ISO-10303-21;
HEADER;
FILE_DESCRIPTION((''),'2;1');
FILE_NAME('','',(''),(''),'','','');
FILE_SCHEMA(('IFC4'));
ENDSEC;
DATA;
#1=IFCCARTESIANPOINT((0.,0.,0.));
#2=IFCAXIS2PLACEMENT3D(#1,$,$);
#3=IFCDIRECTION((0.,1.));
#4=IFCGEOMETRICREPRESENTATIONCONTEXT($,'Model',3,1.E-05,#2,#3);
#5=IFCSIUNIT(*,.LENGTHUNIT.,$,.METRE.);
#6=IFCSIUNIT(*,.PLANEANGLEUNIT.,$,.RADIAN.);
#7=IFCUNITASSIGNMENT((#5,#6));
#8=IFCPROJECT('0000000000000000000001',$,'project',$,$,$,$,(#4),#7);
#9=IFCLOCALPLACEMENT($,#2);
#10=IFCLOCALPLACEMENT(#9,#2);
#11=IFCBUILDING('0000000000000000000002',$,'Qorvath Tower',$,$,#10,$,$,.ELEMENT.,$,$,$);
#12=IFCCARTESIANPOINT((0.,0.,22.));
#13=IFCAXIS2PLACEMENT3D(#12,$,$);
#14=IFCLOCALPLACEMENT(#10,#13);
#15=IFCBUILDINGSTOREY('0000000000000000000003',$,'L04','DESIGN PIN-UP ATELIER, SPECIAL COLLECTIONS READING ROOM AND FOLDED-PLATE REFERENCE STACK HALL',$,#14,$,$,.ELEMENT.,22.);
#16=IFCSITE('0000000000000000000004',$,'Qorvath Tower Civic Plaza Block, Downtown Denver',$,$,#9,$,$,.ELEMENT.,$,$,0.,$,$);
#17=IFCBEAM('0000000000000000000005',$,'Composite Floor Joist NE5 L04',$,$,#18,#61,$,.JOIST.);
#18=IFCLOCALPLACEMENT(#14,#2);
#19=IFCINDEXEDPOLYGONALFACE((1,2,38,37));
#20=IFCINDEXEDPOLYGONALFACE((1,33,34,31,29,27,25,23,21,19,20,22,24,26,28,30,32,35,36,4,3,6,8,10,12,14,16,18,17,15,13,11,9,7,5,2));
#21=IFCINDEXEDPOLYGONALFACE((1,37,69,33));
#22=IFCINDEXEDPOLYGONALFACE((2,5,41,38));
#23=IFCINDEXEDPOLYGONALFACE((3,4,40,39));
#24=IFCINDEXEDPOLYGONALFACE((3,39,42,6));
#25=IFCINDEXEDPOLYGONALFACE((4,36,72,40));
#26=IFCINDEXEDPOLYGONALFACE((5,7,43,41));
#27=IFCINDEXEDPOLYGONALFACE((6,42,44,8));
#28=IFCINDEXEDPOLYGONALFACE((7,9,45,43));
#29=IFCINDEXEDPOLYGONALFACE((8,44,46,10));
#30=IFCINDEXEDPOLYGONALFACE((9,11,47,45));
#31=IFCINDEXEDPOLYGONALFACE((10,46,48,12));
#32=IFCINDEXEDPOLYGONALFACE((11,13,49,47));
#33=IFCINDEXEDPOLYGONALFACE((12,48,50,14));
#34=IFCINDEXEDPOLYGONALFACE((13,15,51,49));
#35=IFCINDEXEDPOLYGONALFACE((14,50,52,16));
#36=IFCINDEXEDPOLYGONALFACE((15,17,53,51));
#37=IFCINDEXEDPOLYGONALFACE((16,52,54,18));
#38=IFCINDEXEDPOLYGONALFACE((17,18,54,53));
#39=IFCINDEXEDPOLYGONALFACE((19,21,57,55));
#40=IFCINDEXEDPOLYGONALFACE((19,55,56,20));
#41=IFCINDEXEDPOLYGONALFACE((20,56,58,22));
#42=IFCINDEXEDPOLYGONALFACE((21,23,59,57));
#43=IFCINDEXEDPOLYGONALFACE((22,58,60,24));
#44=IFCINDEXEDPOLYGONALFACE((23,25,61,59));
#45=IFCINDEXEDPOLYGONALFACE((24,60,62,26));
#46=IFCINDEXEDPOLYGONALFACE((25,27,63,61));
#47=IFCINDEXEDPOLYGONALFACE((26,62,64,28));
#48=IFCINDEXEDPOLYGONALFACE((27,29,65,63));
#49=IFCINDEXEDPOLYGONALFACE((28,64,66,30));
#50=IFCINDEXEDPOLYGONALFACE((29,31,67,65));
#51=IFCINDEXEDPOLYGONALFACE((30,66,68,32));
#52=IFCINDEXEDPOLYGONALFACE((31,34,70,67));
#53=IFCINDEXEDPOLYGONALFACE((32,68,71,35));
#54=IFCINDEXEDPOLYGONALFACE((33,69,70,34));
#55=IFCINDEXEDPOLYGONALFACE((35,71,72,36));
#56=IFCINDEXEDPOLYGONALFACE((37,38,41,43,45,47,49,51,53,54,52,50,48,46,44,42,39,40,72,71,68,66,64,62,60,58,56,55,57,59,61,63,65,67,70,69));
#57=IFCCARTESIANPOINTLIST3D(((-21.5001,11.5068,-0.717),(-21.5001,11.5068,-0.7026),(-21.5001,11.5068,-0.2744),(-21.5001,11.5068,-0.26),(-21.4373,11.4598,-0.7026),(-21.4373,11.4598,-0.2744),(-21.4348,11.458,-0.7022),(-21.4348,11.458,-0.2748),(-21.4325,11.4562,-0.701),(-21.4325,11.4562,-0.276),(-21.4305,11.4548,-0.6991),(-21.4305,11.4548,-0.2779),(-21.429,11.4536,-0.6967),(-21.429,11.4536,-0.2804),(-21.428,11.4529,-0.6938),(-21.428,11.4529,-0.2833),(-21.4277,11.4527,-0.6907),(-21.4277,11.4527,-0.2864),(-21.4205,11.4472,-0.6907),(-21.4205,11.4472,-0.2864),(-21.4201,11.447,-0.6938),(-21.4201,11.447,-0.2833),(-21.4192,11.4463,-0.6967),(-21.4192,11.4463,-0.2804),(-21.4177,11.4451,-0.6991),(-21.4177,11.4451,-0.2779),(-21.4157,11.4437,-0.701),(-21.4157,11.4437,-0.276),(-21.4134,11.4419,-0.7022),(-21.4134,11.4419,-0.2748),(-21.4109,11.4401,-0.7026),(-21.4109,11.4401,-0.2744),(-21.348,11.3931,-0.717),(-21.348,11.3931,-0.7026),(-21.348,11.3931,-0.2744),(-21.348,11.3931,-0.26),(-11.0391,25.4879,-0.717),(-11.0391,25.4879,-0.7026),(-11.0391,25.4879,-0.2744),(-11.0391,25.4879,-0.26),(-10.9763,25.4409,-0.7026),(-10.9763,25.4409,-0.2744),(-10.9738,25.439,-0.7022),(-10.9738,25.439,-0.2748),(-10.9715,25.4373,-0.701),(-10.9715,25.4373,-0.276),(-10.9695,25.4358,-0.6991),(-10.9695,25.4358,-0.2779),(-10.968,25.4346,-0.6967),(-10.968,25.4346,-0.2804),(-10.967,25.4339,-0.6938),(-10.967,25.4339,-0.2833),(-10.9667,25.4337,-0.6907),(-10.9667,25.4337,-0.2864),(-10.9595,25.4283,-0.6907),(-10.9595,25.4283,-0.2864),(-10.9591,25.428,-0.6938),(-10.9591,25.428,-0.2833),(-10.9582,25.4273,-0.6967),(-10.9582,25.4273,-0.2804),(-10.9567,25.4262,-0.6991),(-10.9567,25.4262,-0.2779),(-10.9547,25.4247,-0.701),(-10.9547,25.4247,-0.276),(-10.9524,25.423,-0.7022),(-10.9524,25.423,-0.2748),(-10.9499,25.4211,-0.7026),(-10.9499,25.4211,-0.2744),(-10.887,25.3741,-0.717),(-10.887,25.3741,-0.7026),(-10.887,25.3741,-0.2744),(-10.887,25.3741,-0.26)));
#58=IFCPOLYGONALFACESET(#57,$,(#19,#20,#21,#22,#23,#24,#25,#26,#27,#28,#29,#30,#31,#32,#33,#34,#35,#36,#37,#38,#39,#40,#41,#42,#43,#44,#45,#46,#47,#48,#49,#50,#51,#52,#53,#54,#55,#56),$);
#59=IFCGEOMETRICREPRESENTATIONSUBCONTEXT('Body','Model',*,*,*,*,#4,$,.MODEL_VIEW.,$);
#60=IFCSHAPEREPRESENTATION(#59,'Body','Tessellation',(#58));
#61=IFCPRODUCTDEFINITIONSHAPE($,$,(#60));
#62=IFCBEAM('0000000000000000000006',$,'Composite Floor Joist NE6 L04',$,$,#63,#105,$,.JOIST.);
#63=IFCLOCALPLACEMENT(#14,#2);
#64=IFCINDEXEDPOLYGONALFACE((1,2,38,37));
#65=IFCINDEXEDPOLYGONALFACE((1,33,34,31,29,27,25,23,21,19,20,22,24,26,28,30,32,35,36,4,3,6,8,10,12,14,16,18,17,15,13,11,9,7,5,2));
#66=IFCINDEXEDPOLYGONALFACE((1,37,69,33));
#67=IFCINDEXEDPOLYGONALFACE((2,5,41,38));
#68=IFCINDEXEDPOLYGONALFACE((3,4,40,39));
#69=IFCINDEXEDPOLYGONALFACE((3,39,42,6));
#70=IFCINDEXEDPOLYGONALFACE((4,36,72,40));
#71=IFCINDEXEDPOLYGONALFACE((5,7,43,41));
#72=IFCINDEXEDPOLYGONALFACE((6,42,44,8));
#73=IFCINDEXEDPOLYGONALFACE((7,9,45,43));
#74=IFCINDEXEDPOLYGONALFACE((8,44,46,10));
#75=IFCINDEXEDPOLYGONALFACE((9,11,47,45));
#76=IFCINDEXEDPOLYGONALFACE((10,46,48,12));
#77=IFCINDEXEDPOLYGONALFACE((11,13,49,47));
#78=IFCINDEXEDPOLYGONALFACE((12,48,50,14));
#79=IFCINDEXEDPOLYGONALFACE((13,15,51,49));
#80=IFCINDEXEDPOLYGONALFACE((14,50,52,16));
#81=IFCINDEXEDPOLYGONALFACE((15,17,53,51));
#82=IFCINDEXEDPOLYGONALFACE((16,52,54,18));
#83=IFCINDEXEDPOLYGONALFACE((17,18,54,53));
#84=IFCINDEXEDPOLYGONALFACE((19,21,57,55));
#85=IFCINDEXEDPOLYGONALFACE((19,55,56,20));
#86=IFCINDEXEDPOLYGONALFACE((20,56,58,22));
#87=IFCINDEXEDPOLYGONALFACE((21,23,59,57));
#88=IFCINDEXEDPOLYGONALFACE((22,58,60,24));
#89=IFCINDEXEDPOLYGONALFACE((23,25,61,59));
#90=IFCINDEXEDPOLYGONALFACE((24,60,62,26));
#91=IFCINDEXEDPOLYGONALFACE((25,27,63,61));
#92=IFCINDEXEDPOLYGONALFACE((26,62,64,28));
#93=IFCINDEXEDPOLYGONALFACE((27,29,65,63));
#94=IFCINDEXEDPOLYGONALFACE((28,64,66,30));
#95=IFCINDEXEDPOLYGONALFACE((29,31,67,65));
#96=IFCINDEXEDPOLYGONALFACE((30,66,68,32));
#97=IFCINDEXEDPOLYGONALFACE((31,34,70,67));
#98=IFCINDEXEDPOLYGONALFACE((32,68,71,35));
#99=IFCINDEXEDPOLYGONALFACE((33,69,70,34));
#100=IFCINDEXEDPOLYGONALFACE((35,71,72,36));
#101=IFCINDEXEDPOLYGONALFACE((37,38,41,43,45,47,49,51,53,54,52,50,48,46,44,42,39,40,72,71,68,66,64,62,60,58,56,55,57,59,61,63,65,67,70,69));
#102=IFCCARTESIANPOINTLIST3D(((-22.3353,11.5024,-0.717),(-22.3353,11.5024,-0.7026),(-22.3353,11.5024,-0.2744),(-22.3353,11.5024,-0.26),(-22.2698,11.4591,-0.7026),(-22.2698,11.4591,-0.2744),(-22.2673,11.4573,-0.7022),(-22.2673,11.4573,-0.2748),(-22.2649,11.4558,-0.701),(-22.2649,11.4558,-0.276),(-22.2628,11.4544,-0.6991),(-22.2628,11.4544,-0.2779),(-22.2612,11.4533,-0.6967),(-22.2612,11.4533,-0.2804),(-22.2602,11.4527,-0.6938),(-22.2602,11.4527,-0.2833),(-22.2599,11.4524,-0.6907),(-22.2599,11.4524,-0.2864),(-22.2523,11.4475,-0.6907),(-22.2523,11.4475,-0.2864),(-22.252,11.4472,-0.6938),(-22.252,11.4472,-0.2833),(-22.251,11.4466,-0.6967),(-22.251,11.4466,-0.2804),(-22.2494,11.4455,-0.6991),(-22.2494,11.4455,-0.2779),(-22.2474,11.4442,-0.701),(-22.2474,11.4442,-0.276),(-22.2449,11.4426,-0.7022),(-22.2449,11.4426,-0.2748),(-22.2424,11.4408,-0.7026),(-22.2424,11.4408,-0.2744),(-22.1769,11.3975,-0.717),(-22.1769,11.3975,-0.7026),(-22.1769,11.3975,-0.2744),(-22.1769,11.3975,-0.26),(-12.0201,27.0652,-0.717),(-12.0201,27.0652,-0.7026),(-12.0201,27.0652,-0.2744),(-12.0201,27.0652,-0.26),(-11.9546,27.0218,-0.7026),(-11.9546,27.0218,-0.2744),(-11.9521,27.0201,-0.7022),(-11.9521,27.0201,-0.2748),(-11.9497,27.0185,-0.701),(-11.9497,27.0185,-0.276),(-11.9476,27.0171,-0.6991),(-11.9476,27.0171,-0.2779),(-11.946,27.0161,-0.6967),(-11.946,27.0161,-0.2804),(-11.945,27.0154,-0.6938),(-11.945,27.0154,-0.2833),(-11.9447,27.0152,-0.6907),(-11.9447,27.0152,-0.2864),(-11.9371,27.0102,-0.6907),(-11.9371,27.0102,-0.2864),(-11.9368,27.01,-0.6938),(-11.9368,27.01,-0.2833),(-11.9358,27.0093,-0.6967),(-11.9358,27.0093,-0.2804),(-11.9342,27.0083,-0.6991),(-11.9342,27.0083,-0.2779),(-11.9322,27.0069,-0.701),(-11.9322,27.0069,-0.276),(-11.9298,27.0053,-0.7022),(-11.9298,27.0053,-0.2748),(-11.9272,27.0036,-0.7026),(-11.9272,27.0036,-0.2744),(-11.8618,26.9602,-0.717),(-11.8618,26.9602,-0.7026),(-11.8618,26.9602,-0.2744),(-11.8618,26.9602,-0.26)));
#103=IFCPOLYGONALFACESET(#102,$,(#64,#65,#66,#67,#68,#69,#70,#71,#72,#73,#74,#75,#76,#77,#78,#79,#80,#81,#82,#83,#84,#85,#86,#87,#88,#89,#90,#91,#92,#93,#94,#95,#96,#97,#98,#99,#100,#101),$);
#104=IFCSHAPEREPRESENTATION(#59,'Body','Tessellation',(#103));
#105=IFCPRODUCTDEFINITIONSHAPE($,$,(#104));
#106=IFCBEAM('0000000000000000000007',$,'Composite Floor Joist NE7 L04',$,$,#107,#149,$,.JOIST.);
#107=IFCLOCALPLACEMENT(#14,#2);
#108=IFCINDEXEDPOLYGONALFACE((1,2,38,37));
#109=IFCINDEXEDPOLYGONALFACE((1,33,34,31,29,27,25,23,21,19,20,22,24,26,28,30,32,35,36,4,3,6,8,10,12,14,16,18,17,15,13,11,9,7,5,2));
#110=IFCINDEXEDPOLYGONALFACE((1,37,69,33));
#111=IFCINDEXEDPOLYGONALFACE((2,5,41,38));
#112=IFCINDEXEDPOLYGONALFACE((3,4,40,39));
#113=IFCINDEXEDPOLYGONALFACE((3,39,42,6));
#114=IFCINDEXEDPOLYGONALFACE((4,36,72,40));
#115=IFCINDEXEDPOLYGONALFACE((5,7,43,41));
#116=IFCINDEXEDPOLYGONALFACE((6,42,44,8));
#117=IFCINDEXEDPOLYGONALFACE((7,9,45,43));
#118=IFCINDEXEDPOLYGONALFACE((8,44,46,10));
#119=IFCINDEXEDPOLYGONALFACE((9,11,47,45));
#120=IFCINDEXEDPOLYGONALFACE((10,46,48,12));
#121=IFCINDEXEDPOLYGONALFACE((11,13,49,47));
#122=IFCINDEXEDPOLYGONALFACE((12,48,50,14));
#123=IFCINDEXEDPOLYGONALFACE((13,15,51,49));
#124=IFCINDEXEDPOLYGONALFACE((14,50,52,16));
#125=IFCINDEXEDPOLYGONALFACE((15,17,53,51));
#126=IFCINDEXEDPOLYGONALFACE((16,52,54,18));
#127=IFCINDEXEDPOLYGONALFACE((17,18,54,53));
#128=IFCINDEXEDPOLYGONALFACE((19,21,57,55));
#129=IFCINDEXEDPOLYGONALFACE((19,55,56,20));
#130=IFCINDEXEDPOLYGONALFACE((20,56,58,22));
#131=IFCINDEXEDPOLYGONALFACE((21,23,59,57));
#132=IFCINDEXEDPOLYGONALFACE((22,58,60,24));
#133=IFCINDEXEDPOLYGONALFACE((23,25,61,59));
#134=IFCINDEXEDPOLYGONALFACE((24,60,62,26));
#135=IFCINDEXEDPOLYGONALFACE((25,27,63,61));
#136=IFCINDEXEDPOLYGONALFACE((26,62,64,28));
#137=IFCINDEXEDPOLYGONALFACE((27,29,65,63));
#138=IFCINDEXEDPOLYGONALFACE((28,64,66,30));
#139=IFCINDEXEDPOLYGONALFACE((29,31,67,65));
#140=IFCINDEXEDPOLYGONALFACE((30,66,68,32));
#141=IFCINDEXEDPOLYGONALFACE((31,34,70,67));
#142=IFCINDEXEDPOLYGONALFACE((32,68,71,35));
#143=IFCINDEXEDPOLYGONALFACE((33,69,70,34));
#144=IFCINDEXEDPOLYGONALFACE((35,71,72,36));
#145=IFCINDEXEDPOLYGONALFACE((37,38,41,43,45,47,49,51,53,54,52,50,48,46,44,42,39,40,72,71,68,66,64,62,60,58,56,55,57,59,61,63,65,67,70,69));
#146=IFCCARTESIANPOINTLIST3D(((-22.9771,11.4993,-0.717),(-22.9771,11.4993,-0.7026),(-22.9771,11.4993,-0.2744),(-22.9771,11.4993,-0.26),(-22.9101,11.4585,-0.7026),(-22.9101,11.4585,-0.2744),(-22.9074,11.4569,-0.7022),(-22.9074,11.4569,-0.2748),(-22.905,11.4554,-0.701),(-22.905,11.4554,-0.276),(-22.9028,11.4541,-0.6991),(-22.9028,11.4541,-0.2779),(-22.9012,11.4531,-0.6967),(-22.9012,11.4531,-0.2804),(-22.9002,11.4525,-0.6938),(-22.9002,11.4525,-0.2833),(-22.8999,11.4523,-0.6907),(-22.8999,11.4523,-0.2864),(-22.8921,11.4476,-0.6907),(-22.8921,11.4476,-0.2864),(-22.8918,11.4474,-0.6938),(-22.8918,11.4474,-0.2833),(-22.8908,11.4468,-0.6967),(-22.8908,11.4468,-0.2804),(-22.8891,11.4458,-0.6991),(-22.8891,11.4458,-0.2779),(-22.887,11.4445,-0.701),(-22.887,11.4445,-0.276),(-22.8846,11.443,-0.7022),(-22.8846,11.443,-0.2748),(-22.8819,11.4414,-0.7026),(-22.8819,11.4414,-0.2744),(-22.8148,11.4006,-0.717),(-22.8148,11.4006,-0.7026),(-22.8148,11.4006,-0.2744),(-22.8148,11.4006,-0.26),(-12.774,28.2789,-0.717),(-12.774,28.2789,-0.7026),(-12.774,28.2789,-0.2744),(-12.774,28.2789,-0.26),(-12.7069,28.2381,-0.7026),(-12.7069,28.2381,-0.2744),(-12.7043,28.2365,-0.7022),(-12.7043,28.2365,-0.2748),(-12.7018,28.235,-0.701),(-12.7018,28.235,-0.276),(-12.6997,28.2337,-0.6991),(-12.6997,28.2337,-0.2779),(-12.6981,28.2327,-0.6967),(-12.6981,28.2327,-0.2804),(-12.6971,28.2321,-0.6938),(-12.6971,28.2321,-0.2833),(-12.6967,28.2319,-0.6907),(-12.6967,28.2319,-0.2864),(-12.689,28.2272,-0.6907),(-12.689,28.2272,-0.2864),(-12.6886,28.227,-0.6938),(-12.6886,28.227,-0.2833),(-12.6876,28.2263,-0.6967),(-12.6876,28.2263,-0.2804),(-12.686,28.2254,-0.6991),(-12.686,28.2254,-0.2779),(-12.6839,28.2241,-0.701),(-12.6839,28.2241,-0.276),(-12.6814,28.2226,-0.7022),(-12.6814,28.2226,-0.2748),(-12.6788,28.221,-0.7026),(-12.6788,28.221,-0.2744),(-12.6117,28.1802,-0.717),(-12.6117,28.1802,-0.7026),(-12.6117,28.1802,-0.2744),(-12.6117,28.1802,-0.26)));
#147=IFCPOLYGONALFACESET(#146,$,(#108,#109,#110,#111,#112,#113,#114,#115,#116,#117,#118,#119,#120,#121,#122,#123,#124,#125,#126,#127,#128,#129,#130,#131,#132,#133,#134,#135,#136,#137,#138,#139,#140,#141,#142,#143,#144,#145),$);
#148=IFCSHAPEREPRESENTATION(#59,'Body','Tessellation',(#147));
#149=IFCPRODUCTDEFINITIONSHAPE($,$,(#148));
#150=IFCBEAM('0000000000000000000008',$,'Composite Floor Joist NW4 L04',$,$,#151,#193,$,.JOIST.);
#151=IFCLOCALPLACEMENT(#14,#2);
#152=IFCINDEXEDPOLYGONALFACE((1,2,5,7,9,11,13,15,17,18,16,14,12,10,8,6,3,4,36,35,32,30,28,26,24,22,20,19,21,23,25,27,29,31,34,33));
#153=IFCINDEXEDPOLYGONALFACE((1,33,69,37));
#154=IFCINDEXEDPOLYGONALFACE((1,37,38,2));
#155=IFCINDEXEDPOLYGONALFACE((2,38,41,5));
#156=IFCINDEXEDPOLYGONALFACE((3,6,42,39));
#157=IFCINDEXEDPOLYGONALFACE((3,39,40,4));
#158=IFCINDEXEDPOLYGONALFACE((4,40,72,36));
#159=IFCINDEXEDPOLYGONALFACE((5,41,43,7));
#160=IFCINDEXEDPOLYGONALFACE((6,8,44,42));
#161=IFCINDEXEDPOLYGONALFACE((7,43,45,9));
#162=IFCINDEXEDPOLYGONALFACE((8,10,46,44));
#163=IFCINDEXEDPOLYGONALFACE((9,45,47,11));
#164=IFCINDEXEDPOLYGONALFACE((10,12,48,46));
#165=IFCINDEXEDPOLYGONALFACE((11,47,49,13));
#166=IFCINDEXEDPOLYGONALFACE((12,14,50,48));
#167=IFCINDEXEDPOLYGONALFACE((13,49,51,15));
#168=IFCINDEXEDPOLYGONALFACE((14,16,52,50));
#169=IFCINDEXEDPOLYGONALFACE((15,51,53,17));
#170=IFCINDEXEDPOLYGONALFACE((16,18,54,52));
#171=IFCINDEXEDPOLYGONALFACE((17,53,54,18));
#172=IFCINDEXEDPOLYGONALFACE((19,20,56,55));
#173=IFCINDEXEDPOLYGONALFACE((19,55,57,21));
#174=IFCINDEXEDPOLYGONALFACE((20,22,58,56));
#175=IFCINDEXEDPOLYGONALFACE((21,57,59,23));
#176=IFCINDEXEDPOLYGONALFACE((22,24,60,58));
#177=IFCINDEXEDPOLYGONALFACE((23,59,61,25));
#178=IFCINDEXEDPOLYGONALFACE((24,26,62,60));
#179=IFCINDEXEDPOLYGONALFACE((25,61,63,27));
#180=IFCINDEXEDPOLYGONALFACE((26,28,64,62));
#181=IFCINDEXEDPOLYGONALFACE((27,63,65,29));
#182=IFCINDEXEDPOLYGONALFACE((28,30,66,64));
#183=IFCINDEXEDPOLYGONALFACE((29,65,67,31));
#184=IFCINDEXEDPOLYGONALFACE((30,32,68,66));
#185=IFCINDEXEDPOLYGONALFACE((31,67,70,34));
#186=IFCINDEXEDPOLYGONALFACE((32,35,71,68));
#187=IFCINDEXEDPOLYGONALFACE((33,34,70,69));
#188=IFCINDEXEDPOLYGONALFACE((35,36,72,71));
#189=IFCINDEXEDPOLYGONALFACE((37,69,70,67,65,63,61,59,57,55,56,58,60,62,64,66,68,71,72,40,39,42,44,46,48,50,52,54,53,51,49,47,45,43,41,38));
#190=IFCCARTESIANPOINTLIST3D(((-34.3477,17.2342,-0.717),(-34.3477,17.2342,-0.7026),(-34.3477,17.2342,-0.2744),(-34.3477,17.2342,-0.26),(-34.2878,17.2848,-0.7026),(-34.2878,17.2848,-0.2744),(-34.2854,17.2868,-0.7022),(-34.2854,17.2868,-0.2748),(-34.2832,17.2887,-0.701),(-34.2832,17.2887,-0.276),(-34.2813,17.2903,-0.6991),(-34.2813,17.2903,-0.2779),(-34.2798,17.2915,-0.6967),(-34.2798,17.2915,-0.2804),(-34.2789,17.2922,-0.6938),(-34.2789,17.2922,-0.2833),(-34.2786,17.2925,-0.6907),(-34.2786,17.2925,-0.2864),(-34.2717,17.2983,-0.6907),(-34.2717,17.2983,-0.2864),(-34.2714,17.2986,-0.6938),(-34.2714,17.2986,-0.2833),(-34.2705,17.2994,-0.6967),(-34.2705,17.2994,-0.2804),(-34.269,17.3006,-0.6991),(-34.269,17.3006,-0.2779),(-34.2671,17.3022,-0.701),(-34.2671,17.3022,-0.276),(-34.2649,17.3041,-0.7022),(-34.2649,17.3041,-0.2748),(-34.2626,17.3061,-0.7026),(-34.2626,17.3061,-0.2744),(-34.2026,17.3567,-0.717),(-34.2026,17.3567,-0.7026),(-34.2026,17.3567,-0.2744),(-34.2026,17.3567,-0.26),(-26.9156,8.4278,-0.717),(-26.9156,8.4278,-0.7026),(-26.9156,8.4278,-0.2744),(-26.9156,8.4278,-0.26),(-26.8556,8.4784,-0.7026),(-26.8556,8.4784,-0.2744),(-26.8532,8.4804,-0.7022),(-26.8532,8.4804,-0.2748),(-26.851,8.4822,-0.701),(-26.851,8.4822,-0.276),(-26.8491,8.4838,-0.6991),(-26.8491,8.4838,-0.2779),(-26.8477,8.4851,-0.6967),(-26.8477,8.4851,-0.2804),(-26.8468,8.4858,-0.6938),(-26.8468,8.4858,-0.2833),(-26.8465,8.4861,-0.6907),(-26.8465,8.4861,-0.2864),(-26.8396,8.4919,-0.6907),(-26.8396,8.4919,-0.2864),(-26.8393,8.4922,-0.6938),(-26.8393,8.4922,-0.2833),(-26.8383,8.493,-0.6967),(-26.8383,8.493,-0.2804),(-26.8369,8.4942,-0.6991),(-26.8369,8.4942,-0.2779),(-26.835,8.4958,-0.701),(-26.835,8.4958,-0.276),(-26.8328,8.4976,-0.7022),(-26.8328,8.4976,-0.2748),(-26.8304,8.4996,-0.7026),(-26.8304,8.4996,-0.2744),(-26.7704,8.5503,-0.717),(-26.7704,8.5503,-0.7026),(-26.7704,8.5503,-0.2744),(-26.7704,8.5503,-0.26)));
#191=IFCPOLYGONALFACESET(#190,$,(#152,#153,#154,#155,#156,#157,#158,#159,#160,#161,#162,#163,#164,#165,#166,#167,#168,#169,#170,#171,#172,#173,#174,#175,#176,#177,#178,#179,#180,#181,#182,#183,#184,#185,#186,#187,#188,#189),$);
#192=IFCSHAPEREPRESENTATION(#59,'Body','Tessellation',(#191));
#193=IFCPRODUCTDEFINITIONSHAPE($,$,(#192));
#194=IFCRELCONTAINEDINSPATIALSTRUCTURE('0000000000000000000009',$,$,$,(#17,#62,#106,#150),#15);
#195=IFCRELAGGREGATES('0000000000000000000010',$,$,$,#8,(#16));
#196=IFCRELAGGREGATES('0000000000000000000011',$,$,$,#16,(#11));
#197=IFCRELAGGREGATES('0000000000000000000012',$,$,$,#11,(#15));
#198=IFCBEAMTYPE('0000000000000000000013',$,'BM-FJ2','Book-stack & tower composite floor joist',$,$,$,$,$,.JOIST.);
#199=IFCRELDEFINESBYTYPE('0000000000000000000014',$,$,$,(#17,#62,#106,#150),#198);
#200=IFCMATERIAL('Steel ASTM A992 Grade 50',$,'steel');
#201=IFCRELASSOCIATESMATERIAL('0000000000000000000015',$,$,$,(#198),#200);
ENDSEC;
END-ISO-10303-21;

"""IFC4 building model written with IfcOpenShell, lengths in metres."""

from ifc_helpers import new_model, si_unit, direction, frame, origin, origin_2d, place, context, subcontext, project, spatial, i_section, extrude, material, material_profile, profile_set, type_object, element, save


model = new_model("IFC4")

# Units and contexts
model_context = context("Model", 3, precision=1e-05, world=origin(), true_north=direction((0.0, 1.0)))
body_context = subcontext(model_context, "Body", "Model", "MODEL_VIEW")
ifc_project = project(units=[si_unit("LENGTHUNIT", "METRE"), si_unit("PLANEANGLEUNIT", "RADIAN")], contexts=[model_context])

# Site, building, storey
site_placement = place(None, origin())
site = spatial("IfcSite", under=ifc_project, at=site_placement, Name="Qorvath Tower Civic Plaza Block, Downtown Denver", CompositionType="ELEMENT", RefElevation=0.0)
building_placement = place(site_placement, origin())
building = spatial("IfcBuilding", under=site, at=building_placement, Name="Qorvath Tower", CompositionType="ELEMENT")
storey_placement = place(building_placement, frame((0.0, 0.0, 22.0)))
storey = spatial("IfcBuildingStorey", under=building, at=storey_placement, Name="L04", Description="DESIGN PIN-UP ATELIER, SPECIAL COLLECTIONS READING ROOM AND FOLDED-PLATE REFERENCE STACK HALL", CompositionType="ELEMENT", Elevation=22.0)

# Beams
ifc_material_1 = material(Name="Steel ASTM A992 Grade 50", Category="steel")
ifc_material_profile_1 = material_profile(ifc_material_1, i_section(OverallWidth=0.1899, OverallDepth=0.457, WebThickness=0.009, FlangeThickness=0.0144, FilletRadius=0.012, at=origin_2d()), Name="W18x50")
ifc_profile_set_1 = profile_set([ifc_material_profile_1], Name="Steel ASTM A992 Grade 50")
beam_type_1 = type_object("IfcBeamType", Name="BM-FJ2", Description="Book-stack & tower composite floor joist", PredefinedType="JOIST", material=ifc_profile_set_1)
beam_1_placement = place(storey_placement, frame((-21.4241, 11.45, -0.4885), z_axis=(0.599091, 0.800681, 0.0), x_axis=(-0.800681, 0.599091, 0.0)))
element("IfcBeam", 1, at=beam_1_placement, inside=storey, type_object=beam_type_1, Name="Composite Floor Joist NE5 L04", PredefinedType="JOIST", context=body_context, shape_type="SweptSolid", body=[
    extrude(i_section(OverallWidth=0.1899, OverallDepth=0.457, WebThickness=0.009, FlangeThickness=0.0144, FilletRadius=0.012, at=origin_2d()), origin(), (0.0, 0.0, 1.0), 17.4614),
])
beam_2_placement = place(storey_placement, frame((-22.2561, 11.45, -0.4885), z_axis=(0.552474, 0.83353, 0.0), x_axis=(-0.83353, 0.552474, 0.0)))
element("IfcBeam", 2, at=beam_2_placement, inside=storey, type_object=beam_type_1, Name="Composite Floor Joist NE6 L04", PredefinedType="JOIST", context=body_context, shape_type="SweptSolid", body=[
    extrude(i_section(OverallWidth=0.1899, OverallDepth=0.457, WebThickness=0.009, FlangeThickness=0.0144, FilletRadius=0.012, at=origin_2d()), origin(), (0.0, 0.0, 1.0), 18.6709),
])
beam_3_placement = place(storey_placement, frame((-22.896, 11.45, -0.4885), z_axis=(0.519556, 0.854436, 0.0), x_axis=(-0.854436, 0.519556, 0.0)))
element("IfcBeam", 3, at=beam_3_placement, inside=storey, type_object=beam_type_1, Name="Composite Floor Joist NE7 L04", PredefinedType="JOIST", context=body_context, shape_type="SweptSolid", body=[
    extrude(i_section(OverallWidth=0.1899, OverallDepth=0.457, WebThickness=0.009, FlangeThickness=0.0144, FilletRadius=0.012, at=origin_2d()), origin(), (0.0, 0.0, 1.0), 19.6382),
])
beam_4_placement = place(storey_placement, frame((-26.843, 8.489, -0.4885), z_axis=(-0.644959, 0.764217, 0.0), x_axis=(-0.764217, -0.644959, 0.0)))
element("IfcBeam", 4, at=beam_4_placement, inside=storey, type_object=beam_type_1, Name="Composite Floor Joist NW4 L04", PredefinedType="JOIST", context=body_context, shape_type="SweptSolid", body=[
    extrude(i_section(OverallWidth=0.1899, OverallDepth=0.457, WebThickness=0.009, FlangeThickness=0.0144, FilletRadius=0.012, at=origin_2d()), origin(), (0.0, 0.0, 1.0), 11.5234),
])

save(model, "model.ifc")
